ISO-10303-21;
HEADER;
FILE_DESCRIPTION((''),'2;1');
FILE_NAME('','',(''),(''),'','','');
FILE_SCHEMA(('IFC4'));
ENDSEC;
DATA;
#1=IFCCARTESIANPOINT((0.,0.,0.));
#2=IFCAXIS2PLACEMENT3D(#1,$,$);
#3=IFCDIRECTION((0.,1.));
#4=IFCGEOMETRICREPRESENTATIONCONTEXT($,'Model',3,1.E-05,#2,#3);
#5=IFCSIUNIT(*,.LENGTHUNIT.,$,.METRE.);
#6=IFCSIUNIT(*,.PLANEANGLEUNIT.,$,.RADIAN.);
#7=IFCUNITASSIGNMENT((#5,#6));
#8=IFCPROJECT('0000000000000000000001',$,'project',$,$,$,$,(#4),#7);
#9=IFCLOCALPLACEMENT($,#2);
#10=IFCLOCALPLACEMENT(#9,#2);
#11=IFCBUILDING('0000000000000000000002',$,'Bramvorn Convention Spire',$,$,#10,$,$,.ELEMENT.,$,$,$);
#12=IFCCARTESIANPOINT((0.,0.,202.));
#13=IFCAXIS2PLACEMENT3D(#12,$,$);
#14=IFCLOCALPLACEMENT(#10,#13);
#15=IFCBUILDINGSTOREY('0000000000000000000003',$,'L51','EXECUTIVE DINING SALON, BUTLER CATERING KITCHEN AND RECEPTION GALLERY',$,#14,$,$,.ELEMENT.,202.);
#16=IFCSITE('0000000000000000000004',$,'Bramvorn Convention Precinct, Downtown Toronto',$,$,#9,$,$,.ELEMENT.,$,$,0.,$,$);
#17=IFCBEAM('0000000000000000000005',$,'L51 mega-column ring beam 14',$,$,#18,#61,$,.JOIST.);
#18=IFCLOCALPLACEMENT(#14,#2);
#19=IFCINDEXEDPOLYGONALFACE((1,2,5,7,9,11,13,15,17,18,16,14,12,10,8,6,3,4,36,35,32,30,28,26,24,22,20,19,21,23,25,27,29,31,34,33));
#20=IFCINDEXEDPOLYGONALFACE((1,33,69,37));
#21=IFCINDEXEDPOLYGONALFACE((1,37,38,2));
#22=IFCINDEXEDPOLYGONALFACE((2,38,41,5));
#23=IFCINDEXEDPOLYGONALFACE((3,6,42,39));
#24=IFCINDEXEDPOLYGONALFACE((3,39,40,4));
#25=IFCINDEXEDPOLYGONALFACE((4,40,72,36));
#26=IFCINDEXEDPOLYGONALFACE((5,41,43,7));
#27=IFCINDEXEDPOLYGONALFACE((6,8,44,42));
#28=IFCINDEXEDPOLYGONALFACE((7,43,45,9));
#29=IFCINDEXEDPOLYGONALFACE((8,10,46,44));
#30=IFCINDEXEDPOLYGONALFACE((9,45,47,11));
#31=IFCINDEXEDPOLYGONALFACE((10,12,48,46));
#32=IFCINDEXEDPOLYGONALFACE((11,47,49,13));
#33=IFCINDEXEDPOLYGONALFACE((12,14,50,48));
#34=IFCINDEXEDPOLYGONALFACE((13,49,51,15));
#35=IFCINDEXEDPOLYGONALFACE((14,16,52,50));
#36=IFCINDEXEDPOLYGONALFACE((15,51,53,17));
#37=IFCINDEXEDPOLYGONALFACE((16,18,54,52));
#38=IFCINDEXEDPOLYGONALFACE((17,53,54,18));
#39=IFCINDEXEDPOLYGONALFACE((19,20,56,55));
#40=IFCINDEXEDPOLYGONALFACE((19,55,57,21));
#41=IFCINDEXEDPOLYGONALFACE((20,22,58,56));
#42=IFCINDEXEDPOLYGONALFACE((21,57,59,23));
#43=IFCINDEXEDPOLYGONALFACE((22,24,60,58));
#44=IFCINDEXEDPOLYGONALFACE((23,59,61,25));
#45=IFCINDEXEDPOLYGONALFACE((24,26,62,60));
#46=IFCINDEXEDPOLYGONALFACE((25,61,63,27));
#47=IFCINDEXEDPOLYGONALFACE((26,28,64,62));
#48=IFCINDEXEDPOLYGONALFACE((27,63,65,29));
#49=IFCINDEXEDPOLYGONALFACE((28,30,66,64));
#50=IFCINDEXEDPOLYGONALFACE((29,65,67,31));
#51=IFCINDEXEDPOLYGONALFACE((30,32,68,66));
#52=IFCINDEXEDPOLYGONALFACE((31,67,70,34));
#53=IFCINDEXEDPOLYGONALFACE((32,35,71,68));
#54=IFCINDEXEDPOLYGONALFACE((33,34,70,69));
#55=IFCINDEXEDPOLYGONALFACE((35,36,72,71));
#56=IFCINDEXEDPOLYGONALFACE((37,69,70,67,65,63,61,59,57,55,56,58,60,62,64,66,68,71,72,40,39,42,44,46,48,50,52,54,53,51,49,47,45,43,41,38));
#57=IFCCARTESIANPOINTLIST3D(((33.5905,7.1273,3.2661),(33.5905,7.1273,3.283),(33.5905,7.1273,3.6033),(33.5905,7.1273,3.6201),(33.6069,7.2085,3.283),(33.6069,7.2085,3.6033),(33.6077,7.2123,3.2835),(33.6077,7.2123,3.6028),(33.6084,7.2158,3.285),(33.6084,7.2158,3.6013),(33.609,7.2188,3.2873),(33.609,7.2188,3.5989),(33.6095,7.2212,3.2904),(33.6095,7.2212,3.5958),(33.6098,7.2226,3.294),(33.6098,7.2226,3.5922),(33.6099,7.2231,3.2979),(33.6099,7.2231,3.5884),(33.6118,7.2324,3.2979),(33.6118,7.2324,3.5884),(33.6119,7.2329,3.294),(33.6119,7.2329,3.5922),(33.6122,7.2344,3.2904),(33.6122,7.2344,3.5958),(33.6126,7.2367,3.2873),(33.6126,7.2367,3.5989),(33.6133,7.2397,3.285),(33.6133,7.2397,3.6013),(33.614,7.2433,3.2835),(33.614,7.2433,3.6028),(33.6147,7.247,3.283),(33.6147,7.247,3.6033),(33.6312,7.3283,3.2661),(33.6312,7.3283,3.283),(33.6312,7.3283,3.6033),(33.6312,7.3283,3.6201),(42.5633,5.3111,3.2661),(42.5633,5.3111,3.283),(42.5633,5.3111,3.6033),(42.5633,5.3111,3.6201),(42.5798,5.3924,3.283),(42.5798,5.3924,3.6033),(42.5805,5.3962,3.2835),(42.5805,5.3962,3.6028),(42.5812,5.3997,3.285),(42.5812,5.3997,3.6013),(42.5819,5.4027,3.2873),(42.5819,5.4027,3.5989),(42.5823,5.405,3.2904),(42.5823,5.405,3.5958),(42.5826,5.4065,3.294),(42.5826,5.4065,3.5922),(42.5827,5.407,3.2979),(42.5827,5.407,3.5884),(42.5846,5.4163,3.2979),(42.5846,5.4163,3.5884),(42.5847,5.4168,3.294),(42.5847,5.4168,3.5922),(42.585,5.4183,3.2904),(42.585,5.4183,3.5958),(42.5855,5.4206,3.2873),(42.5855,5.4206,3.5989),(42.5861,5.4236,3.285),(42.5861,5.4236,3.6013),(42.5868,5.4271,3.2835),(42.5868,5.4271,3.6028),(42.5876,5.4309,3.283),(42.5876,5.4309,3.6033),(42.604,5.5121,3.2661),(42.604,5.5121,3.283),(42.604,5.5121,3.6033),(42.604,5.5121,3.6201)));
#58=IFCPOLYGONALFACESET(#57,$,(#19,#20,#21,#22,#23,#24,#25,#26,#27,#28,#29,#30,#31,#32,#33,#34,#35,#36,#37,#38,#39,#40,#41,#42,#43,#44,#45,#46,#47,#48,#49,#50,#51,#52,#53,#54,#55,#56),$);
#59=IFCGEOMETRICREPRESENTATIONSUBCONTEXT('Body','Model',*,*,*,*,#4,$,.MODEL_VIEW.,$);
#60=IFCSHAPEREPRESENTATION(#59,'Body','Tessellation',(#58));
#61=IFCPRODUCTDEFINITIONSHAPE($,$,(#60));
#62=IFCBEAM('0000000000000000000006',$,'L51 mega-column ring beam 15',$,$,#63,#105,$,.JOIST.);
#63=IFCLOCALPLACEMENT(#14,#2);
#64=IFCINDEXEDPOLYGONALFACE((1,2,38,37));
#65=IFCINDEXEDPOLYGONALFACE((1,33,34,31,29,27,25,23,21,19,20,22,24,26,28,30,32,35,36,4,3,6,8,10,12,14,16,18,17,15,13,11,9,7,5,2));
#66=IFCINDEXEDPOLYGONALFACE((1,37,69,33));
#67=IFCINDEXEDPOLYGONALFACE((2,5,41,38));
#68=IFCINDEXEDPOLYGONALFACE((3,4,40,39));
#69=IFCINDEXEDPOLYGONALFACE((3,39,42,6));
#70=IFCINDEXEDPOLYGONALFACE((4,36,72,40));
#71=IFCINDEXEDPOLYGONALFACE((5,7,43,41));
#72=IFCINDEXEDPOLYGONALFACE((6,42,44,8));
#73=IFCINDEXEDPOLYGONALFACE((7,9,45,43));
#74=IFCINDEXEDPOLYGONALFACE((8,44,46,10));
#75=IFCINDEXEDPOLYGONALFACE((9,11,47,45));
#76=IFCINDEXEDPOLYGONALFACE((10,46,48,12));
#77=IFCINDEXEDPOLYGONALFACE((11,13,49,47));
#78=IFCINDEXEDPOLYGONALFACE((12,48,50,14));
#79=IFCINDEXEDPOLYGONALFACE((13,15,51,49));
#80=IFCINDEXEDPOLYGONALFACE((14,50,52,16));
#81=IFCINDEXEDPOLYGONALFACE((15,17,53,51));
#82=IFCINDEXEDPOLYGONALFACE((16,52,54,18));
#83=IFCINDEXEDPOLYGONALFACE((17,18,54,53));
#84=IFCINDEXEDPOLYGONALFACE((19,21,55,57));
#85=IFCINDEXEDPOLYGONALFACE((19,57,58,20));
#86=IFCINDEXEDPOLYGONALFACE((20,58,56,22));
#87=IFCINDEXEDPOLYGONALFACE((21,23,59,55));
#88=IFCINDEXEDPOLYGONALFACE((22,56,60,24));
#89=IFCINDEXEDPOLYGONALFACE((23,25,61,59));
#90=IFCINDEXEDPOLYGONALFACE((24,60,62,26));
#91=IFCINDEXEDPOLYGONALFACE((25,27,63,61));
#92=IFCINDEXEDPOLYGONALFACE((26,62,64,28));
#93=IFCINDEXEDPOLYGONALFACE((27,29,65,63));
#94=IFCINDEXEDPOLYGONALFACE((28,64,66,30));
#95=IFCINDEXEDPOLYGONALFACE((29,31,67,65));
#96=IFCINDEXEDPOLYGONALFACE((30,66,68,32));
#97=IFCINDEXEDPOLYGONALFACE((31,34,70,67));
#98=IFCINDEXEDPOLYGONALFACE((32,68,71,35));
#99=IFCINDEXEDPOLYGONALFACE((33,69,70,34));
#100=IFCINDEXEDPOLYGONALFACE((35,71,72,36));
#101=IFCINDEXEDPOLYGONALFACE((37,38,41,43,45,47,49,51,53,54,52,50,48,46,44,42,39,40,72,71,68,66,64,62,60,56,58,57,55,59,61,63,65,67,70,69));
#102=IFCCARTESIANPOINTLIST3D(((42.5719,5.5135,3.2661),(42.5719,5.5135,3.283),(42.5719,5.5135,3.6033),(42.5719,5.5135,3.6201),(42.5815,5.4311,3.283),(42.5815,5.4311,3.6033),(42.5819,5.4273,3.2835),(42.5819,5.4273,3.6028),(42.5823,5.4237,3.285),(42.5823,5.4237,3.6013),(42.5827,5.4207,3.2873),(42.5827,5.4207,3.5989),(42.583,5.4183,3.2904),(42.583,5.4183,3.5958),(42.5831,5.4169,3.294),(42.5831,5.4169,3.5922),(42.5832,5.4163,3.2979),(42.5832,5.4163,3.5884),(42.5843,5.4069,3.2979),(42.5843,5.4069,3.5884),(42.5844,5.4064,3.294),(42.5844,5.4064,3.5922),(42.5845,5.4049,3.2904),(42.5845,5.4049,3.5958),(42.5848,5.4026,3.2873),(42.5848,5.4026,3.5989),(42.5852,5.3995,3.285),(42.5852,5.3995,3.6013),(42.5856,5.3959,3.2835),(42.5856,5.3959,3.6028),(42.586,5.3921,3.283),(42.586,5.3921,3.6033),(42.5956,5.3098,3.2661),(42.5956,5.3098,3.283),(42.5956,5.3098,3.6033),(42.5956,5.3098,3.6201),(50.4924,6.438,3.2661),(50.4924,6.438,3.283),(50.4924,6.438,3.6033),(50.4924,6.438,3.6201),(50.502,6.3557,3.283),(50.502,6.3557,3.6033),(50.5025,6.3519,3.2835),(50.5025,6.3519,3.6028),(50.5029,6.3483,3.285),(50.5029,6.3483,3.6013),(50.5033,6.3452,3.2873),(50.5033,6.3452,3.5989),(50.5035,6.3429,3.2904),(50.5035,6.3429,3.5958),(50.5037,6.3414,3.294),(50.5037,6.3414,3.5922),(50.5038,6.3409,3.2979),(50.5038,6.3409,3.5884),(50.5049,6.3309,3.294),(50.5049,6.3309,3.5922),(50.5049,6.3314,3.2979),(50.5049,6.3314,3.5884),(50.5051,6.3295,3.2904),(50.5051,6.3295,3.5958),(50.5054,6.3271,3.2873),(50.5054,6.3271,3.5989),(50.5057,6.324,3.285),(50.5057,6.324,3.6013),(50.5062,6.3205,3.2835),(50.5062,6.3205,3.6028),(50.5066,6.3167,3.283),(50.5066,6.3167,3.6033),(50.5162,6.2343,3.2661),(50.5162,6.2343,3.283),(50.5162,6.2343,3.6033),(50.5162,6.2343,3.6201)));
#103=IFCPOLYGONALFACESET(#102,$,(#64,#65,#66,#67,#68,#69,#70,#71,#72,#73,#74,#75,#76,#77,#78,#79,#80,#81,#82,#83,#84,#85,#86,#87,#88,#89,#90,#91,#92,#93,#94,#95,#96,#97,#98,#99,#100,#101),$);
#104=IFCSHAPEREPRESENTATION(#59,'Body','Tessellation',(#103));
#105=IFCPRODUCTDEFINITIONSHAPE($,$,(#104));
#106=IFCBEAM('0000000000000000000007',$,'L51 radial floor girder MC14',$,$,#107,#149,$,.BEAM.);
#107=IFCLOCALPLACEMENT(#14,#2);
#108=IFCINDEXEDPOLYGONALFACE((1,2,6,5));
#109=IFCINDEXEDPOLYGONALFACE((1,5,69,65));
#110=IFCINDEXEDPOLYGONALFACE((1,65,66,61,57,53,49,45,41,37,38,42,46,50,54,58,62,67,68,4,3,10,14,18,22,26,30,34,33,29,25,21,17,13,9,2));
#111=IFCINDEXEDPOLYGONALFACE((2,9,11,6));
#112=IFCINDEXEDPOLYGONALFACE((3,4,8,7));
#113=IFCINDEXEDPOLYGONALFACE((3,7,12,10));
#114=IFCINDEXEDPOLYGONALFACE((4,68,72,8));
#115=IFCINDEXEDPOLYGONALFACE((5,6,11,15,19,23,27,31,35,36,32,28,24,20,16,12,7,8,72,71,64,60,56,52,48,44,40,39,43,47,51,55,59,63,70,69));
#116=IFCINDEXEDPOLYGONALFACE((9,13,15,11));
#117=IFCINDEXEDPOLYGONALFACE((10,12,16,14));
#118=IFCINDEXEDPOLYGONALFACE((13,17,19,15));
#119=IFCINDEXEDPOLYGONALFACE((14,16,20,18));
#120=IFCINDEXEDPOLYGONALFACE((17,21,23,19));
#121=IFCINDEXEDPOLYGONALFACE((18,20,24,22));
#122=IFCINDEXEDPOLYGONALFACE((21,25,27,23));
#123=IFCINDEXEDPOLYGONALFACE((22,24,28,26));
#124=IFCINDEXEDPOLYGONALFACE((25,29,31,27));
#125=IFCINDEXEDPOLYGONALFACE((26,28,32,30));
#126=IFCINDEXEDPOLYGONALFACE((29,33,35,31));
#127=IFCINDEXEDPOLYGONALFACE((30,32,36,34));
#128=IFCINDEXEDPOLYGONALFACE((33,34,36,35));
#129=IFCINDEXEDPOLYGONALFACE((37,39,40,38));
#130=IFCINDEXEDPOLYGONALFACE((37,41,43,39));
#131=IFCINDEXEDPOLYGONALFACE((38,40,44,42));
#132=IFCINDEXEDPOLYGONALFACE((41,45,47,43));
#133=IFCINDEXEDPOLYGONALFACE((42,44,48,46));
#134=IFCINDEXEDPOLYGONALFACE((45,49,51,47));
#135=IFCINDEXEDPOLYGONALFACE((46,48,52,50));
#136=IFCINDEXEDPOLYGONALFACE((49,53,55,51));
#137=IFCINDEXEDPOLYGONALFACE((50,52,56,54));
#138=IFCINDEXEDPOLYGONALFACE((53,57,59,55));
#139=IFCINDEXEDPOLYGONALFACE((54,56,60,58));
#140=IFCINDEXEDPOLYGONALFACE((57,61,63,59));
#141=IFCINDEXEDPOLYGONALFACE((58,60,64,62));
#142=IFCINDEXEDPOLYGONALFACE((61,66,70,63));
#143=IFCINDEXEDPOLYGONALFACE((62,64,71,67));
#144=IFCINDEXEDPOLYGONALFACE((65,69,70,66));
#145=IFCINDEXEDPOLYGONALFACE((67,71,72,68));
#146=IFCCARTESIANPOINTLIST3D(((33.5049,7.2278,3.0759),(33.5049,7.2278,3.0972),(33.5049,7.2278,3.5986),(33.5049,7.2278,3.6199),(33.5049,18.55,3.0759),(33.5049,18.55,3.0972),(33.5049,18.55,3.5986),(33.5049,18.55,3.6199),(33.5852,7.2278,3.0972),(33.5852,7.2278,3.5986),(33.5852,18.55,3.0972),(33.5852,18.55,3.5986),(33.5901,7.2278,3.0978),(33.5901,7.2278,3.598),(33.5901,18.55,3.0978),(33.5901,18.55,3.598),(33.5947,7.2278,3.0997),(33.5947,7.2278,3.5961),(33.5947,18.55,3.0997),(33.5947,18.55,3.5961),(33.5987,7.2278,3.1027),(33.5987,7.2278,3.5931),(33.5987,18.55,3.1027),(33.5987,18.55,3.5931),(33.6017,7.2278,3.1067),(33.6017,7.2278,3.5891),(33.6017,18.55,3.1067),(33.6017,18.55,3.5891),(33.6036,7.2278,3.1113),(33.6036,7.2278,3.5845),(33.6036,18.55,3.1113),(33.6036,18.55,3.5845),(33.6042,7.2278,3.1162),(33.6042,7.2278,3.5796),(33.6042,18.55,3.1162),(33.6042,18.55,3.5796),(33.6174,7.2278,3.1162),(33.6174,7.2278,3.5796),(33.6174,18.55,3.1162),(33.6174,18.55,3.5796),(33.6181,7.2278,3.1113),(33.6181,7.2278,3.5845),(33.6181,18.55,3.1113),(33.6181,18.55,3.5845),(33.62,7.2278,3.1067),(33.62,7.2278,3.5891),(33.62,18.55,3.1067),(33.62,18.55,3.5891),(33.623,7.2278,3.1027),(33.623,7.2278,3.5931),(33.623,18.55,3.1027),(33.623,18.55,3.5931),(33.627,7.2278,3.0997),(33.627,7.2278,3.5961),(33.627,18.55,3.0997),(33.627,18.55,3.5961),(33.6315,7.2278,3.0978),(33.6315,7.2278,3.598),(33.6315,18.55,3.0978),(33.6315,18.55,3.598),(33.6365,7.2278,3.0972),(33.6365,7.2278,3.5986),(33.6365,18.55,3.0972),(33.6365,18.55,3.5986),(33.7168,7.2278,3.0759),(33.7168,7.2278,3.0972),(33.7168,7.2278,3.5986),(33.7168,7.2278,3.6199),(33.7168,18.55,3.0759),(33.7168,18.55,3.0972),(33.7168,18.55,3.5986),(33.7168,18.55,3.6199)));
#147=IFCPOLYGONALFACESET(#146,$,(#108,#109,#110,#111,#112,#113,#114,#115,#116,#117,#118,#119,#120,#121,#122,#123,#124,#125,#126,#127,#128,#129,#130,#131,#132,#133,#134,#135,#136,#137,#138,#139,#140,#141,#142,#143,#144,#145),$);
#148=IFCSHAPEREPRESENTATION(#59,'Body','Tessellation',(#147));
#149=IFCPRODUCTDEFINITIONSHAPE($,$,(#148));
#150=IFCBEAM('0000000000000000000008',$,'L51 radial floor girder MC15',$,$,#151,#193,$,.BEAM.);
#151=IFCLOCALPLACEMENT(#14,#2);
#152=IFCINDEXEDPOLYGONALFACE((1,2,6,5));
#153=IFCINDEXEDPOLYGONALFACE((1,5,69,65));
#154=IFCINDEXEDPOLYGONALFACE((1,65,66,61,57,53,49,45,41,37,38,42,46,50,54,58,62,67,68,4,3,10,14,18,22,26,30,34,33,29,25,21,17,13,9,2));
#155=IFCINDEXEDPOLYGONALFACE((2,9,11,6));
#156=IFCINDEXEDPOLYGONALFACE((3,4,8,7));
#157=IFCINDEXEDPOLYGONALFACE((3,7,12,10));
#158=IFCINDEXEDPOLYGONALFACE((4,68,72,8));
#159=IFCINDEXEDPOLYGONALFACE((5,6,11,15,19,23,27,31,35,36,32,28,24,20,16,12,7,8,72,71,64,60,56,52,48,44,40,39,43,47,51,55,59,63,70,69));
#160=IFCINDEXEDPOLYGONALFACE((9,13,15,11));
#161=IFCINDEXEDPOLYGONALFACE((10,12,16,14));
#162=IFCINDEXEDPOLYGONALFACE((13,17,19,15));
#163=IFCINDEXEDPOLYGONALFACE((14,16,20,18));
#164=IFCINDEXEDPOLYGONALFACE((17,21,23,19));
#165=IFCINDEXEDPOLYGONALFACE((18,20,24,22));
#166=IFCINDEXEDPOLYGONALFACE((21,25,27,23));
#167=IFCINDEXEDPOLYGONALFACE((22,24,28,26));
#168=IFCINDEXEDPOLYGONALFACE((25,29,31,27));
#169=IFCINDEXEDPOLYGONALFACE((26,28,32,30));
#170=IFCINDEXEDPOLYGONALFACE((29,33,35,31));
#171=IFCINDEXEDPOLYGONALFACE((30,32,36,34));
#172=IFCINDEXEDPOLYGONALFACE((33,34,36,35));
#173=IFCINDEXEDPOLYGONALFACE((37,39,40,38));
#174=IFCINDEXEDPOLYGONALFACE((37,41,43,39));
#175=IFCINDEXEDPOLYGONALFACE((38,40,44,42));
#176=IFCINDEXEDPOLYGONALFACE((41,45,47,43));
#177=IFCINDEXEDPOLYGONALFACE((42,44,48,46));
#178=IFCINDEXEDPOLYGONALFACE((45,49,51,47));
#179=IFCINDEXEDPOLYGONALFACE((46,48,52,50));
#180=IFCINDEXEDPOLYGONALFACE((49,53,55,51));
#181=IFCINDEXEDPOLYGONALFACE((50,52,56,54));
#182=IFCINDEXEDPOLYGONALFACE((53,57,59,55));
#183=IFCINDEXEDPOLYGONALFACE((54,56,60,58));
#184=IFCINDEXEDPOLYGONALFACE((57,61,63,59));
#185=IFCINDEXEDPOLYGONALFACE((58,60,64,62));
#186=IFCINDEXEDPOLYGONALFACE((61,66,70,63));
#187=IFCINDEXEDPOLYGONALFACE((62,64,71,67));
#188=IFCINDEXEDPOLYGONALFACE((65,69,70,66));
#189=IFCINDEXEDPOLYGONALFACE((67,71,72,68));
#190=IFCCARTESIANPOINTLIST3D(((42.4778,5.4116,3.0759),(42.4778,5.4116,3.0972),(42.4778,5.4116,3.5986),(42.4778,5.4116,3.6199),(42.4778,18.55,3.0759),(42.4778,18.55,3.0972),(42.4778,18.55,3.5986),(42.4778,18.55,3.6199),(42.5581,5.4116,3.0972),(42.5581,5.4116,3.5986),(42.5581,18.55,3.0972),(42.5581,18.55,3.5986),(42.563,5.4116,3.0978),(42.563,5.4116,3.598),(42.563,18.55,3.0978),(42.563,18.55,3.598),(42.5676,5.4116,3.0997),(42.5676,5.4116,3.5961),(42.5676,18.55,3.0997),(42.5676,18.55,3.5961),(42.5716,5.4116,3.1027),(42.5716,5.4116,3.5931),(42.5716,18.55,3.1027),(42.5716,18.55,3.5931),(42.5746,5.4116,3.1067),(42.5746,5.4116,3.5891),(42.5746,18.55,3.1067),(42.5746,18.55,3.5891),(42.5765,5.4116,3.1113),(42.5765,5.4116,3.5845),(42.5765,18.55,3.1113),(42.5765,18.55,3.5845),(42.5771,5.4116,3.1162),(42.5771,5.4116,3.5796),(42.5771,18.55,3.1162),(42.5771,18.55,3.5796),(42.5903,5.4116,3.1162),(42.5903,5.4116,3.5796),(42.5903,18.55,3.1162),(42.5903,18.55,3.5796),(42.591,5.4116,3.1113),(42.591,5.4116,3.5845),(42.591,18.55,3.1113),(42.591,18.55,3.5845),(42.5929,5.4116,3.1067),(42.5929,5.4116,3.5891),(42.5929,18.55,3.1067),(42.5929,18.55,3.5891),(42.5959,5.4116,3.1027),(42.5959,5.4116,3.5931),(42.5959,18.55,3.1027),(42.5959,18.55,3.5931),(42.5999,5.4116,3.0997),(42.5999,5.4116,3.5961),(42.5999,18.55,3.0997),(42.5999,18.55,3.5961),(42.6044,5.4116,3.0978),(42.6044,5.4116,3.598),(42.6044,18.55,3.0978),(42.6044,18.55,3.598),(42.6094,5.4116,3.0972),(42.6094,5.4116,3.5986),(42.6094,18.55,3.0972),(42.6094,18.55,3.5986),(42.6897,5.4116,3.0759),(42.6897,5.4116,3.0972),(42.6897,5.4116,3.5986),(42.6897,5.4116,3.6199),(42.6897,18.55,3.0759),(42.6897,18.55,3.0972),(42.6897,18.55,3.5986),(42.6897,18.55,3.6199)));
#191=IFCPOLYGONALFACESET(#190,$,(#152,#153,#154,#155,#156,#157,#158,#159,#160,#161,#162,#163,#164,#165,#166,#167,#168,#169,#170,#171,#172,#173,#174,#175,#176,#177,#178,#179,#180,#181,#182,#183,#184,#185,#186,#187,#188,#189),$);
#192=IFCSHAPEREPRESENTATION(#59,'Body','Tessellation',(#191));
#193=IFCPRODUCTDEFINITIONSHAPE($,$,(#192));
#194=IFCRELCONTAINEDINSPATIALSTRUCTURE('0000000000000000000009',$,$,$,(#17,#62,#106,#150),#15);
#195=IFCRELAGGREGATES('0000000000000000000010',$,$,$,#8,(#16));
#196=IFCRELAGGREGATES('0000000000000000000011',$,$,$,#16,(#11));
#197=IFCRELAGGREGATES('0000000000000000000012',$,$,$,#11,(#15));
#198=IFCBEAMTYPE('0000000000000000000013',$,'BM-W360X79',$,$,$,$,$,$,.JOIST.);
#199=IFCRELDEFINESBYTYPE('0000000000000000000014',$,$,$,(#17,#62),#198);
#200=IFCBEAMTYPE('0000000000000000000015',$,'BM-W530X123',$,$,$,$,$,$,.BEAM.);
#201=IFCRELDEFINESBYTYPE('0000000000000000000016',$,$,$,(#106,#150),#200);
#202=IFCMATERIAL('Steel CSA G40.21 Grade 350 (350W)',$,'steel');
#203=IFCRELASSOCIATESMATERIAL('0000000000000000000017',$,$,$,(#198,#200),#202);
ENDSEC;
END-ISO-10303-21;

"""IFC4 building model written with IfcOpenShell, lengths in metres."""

from ifc_helpers import new_model, si_unit, direction, frame, origin, origin_2d, place, context, subcontext, project, spatial, i_section, extrude, material, material_profile, profile_set, type_object, element, save


model = new_model("IFC4")

# Units and contexts
model_context = context("Model", 3, precision=1e-05, world=origin(), true_north=direction((0.0, 1.0)))
body_context = subcontext(model_context, "Body", "Model", "MODEL_VIEW")
ifc_project = project(units=[si_unit("LENGTHUNIT", "METRE"), si_unit("PLANEANGLEUNIT", "RADIAN")], contexts=[model_context])

# Site, building, storey
site_placement = place(None, origin())
site = spatial("IfcSite", under=ifc_project, at=site_placement, Name="Bramvorn Convention Precinct, Downtown Toronto", CompositionType="ELEMENT", RefElevation=0.0)
building_placement = place(site_placement, origin())
building = spatial("IfcBuilding", under=site, at=building_placement, Name="Bramvorn Convention Spire", CompositionType="ELEMENT")
storey_placement = place(building_placement, frame((0.0, 0.0, 202.0)))
storey = spatial("IfcBuildingStorey", under=building, at=storey_placement, Name="L51", Description="EXECUTIVE DINING SALON, BUTLER CATERING KITCHEN AND RECEPTION GALLERY", CompositionType="ELEMENT", Elevation=202.0)

# Shared definitions
ifc_material_1 = material(Name="Steel CSA G40.21 Grade 350 (350W)", Category="steel")

# Beams
ifc_material_profile_1 = material_profile(ifc_material_1, i_section(OverallWidth=0.2051, OverallDepth=0.354, WebThickness=0.0095, FlangeThickness=0.0168, FilletRadius=0.0149, at=origin_2d()))
ifc_profile_set_1 = profile_set([ifc_material_profile_1], Name="Steel CSA G40.21 Grade 350 (350W) - W360X79")
beam_type_1 = type_object("IfcBeamType", Name="BM-W360X79", PredefinedType="JOIST", material=ifc_profile_set_1)
beam_1_placement = place(storey_placement, frame((33.6108, 7.2278, 3.4431), z_axis=(0.980125, -0.198382, 0.0), x_axis=(0.198382, 0.980125, 0.0)))
element("IfcBeam", 1, at=beam_1_placement, inside=storey, type_object=beam_type_1, Name="L51 mega-column ring beam 14", PredefinedType="JOIST", context=body_context, shape_type="SweptSolid", body=[
    extrude(i_section(OverallWidth=0.2051, OverallDepth=0.354, WebThickness=0.0095, FlangeThickness=0.0168, FilletRadius=0.0149, at=origin_2d()), origin(), (0.0, 0.0, 1.0), 9.1548),
])
beam_2_placement = place(storey_placement, frame((42.5837, 5.4116, 3.4431), z_axis=(0.993256, 0.115941, 0.0), x_axis=(-0.115941, 0.993256, 0.0)))
element("IfcBeam", 2, at=beam_2_placement, inside=storey, type_object=beam_type_1, Name="L51 mega-column ring beam 15", PredefinedType="JOIST", context=body_context, shape_type="SweptSolid", body=[
    extrude(i_section(OverallWidth=0.2051, OverallDepth=0.354, WebThickness=0.0095, FlangeThickness=0.0168, FilletRadius=0.0149, at=origin_2d()), origin(), (0.0, 0.0, 1.0), 7.9744),
])
ifc_material_profile_2 = material_profile(ifc_material_1, i_section(OverallWidth=0.2119, OverallDepth=0.5439, WebThickness=0.0132, FlangeThickness=0.0212, FilletRadius=0.019, at=origin_2d()))
ifc_profile_set_2 = profile_set([ifc_material_profile_2], Name="Steel CSA G40.21 Grade 350 (350W) - W530X123")
beam_type_2 = type_object("IfcBeamType", Name="BM-W530X123", PredefinedType="BEAM", material=ifc_profile_set_2)
beam_3_placement = place(storey_placement, frame((33.6108, 18.55, 3.3479), z_axis=(0.0, -1.0, 0.0), x_axis=(1.0, 0.0, 0.0)))
element("IfcBeam", 3, at=beam_3_placement, inside=storey, type_object=beam_type_2, Name="L51 radial floor girder MC14", PredefinedType="BEAM", context=body_context, shape_type="SweptSolid", body=[
    extrude(i_section(OverallWidth=0.2119, OverallDepth=0.5439, WebThickness=0.0132, FlangeThickness=0.0212, FilletRadius=0.019, at=origin_2d()), origin(), (0.0, 0.0, 1.0), 11.3223),
])
beam_4_placement = place(storey_placement, frame((42.5837, 18.55, 3.3479), z_axis=(0.0, -1.0, 0.0), x_axis=(1.0, 0.0, 0.0)))
element("IfcBeam", 4, at=beam_4_placement, inside=storey, type_object=beam_type_2, Name="L51 radial floor girder MC15", PredefinedType="BEAM", context=body_context, shape_type="SweptSolid", body=[
    extrude(i_section(OverallWidth=0.2119, OverallDepth=0.5439, WebThickness=0.0132, FlangeThickness=0.0212, FilletRadius=0.019, at=origin_2d()), origin(), (0.0, 0.0, 1.0), 13.1384),
])

save(model, "model.ifc")
